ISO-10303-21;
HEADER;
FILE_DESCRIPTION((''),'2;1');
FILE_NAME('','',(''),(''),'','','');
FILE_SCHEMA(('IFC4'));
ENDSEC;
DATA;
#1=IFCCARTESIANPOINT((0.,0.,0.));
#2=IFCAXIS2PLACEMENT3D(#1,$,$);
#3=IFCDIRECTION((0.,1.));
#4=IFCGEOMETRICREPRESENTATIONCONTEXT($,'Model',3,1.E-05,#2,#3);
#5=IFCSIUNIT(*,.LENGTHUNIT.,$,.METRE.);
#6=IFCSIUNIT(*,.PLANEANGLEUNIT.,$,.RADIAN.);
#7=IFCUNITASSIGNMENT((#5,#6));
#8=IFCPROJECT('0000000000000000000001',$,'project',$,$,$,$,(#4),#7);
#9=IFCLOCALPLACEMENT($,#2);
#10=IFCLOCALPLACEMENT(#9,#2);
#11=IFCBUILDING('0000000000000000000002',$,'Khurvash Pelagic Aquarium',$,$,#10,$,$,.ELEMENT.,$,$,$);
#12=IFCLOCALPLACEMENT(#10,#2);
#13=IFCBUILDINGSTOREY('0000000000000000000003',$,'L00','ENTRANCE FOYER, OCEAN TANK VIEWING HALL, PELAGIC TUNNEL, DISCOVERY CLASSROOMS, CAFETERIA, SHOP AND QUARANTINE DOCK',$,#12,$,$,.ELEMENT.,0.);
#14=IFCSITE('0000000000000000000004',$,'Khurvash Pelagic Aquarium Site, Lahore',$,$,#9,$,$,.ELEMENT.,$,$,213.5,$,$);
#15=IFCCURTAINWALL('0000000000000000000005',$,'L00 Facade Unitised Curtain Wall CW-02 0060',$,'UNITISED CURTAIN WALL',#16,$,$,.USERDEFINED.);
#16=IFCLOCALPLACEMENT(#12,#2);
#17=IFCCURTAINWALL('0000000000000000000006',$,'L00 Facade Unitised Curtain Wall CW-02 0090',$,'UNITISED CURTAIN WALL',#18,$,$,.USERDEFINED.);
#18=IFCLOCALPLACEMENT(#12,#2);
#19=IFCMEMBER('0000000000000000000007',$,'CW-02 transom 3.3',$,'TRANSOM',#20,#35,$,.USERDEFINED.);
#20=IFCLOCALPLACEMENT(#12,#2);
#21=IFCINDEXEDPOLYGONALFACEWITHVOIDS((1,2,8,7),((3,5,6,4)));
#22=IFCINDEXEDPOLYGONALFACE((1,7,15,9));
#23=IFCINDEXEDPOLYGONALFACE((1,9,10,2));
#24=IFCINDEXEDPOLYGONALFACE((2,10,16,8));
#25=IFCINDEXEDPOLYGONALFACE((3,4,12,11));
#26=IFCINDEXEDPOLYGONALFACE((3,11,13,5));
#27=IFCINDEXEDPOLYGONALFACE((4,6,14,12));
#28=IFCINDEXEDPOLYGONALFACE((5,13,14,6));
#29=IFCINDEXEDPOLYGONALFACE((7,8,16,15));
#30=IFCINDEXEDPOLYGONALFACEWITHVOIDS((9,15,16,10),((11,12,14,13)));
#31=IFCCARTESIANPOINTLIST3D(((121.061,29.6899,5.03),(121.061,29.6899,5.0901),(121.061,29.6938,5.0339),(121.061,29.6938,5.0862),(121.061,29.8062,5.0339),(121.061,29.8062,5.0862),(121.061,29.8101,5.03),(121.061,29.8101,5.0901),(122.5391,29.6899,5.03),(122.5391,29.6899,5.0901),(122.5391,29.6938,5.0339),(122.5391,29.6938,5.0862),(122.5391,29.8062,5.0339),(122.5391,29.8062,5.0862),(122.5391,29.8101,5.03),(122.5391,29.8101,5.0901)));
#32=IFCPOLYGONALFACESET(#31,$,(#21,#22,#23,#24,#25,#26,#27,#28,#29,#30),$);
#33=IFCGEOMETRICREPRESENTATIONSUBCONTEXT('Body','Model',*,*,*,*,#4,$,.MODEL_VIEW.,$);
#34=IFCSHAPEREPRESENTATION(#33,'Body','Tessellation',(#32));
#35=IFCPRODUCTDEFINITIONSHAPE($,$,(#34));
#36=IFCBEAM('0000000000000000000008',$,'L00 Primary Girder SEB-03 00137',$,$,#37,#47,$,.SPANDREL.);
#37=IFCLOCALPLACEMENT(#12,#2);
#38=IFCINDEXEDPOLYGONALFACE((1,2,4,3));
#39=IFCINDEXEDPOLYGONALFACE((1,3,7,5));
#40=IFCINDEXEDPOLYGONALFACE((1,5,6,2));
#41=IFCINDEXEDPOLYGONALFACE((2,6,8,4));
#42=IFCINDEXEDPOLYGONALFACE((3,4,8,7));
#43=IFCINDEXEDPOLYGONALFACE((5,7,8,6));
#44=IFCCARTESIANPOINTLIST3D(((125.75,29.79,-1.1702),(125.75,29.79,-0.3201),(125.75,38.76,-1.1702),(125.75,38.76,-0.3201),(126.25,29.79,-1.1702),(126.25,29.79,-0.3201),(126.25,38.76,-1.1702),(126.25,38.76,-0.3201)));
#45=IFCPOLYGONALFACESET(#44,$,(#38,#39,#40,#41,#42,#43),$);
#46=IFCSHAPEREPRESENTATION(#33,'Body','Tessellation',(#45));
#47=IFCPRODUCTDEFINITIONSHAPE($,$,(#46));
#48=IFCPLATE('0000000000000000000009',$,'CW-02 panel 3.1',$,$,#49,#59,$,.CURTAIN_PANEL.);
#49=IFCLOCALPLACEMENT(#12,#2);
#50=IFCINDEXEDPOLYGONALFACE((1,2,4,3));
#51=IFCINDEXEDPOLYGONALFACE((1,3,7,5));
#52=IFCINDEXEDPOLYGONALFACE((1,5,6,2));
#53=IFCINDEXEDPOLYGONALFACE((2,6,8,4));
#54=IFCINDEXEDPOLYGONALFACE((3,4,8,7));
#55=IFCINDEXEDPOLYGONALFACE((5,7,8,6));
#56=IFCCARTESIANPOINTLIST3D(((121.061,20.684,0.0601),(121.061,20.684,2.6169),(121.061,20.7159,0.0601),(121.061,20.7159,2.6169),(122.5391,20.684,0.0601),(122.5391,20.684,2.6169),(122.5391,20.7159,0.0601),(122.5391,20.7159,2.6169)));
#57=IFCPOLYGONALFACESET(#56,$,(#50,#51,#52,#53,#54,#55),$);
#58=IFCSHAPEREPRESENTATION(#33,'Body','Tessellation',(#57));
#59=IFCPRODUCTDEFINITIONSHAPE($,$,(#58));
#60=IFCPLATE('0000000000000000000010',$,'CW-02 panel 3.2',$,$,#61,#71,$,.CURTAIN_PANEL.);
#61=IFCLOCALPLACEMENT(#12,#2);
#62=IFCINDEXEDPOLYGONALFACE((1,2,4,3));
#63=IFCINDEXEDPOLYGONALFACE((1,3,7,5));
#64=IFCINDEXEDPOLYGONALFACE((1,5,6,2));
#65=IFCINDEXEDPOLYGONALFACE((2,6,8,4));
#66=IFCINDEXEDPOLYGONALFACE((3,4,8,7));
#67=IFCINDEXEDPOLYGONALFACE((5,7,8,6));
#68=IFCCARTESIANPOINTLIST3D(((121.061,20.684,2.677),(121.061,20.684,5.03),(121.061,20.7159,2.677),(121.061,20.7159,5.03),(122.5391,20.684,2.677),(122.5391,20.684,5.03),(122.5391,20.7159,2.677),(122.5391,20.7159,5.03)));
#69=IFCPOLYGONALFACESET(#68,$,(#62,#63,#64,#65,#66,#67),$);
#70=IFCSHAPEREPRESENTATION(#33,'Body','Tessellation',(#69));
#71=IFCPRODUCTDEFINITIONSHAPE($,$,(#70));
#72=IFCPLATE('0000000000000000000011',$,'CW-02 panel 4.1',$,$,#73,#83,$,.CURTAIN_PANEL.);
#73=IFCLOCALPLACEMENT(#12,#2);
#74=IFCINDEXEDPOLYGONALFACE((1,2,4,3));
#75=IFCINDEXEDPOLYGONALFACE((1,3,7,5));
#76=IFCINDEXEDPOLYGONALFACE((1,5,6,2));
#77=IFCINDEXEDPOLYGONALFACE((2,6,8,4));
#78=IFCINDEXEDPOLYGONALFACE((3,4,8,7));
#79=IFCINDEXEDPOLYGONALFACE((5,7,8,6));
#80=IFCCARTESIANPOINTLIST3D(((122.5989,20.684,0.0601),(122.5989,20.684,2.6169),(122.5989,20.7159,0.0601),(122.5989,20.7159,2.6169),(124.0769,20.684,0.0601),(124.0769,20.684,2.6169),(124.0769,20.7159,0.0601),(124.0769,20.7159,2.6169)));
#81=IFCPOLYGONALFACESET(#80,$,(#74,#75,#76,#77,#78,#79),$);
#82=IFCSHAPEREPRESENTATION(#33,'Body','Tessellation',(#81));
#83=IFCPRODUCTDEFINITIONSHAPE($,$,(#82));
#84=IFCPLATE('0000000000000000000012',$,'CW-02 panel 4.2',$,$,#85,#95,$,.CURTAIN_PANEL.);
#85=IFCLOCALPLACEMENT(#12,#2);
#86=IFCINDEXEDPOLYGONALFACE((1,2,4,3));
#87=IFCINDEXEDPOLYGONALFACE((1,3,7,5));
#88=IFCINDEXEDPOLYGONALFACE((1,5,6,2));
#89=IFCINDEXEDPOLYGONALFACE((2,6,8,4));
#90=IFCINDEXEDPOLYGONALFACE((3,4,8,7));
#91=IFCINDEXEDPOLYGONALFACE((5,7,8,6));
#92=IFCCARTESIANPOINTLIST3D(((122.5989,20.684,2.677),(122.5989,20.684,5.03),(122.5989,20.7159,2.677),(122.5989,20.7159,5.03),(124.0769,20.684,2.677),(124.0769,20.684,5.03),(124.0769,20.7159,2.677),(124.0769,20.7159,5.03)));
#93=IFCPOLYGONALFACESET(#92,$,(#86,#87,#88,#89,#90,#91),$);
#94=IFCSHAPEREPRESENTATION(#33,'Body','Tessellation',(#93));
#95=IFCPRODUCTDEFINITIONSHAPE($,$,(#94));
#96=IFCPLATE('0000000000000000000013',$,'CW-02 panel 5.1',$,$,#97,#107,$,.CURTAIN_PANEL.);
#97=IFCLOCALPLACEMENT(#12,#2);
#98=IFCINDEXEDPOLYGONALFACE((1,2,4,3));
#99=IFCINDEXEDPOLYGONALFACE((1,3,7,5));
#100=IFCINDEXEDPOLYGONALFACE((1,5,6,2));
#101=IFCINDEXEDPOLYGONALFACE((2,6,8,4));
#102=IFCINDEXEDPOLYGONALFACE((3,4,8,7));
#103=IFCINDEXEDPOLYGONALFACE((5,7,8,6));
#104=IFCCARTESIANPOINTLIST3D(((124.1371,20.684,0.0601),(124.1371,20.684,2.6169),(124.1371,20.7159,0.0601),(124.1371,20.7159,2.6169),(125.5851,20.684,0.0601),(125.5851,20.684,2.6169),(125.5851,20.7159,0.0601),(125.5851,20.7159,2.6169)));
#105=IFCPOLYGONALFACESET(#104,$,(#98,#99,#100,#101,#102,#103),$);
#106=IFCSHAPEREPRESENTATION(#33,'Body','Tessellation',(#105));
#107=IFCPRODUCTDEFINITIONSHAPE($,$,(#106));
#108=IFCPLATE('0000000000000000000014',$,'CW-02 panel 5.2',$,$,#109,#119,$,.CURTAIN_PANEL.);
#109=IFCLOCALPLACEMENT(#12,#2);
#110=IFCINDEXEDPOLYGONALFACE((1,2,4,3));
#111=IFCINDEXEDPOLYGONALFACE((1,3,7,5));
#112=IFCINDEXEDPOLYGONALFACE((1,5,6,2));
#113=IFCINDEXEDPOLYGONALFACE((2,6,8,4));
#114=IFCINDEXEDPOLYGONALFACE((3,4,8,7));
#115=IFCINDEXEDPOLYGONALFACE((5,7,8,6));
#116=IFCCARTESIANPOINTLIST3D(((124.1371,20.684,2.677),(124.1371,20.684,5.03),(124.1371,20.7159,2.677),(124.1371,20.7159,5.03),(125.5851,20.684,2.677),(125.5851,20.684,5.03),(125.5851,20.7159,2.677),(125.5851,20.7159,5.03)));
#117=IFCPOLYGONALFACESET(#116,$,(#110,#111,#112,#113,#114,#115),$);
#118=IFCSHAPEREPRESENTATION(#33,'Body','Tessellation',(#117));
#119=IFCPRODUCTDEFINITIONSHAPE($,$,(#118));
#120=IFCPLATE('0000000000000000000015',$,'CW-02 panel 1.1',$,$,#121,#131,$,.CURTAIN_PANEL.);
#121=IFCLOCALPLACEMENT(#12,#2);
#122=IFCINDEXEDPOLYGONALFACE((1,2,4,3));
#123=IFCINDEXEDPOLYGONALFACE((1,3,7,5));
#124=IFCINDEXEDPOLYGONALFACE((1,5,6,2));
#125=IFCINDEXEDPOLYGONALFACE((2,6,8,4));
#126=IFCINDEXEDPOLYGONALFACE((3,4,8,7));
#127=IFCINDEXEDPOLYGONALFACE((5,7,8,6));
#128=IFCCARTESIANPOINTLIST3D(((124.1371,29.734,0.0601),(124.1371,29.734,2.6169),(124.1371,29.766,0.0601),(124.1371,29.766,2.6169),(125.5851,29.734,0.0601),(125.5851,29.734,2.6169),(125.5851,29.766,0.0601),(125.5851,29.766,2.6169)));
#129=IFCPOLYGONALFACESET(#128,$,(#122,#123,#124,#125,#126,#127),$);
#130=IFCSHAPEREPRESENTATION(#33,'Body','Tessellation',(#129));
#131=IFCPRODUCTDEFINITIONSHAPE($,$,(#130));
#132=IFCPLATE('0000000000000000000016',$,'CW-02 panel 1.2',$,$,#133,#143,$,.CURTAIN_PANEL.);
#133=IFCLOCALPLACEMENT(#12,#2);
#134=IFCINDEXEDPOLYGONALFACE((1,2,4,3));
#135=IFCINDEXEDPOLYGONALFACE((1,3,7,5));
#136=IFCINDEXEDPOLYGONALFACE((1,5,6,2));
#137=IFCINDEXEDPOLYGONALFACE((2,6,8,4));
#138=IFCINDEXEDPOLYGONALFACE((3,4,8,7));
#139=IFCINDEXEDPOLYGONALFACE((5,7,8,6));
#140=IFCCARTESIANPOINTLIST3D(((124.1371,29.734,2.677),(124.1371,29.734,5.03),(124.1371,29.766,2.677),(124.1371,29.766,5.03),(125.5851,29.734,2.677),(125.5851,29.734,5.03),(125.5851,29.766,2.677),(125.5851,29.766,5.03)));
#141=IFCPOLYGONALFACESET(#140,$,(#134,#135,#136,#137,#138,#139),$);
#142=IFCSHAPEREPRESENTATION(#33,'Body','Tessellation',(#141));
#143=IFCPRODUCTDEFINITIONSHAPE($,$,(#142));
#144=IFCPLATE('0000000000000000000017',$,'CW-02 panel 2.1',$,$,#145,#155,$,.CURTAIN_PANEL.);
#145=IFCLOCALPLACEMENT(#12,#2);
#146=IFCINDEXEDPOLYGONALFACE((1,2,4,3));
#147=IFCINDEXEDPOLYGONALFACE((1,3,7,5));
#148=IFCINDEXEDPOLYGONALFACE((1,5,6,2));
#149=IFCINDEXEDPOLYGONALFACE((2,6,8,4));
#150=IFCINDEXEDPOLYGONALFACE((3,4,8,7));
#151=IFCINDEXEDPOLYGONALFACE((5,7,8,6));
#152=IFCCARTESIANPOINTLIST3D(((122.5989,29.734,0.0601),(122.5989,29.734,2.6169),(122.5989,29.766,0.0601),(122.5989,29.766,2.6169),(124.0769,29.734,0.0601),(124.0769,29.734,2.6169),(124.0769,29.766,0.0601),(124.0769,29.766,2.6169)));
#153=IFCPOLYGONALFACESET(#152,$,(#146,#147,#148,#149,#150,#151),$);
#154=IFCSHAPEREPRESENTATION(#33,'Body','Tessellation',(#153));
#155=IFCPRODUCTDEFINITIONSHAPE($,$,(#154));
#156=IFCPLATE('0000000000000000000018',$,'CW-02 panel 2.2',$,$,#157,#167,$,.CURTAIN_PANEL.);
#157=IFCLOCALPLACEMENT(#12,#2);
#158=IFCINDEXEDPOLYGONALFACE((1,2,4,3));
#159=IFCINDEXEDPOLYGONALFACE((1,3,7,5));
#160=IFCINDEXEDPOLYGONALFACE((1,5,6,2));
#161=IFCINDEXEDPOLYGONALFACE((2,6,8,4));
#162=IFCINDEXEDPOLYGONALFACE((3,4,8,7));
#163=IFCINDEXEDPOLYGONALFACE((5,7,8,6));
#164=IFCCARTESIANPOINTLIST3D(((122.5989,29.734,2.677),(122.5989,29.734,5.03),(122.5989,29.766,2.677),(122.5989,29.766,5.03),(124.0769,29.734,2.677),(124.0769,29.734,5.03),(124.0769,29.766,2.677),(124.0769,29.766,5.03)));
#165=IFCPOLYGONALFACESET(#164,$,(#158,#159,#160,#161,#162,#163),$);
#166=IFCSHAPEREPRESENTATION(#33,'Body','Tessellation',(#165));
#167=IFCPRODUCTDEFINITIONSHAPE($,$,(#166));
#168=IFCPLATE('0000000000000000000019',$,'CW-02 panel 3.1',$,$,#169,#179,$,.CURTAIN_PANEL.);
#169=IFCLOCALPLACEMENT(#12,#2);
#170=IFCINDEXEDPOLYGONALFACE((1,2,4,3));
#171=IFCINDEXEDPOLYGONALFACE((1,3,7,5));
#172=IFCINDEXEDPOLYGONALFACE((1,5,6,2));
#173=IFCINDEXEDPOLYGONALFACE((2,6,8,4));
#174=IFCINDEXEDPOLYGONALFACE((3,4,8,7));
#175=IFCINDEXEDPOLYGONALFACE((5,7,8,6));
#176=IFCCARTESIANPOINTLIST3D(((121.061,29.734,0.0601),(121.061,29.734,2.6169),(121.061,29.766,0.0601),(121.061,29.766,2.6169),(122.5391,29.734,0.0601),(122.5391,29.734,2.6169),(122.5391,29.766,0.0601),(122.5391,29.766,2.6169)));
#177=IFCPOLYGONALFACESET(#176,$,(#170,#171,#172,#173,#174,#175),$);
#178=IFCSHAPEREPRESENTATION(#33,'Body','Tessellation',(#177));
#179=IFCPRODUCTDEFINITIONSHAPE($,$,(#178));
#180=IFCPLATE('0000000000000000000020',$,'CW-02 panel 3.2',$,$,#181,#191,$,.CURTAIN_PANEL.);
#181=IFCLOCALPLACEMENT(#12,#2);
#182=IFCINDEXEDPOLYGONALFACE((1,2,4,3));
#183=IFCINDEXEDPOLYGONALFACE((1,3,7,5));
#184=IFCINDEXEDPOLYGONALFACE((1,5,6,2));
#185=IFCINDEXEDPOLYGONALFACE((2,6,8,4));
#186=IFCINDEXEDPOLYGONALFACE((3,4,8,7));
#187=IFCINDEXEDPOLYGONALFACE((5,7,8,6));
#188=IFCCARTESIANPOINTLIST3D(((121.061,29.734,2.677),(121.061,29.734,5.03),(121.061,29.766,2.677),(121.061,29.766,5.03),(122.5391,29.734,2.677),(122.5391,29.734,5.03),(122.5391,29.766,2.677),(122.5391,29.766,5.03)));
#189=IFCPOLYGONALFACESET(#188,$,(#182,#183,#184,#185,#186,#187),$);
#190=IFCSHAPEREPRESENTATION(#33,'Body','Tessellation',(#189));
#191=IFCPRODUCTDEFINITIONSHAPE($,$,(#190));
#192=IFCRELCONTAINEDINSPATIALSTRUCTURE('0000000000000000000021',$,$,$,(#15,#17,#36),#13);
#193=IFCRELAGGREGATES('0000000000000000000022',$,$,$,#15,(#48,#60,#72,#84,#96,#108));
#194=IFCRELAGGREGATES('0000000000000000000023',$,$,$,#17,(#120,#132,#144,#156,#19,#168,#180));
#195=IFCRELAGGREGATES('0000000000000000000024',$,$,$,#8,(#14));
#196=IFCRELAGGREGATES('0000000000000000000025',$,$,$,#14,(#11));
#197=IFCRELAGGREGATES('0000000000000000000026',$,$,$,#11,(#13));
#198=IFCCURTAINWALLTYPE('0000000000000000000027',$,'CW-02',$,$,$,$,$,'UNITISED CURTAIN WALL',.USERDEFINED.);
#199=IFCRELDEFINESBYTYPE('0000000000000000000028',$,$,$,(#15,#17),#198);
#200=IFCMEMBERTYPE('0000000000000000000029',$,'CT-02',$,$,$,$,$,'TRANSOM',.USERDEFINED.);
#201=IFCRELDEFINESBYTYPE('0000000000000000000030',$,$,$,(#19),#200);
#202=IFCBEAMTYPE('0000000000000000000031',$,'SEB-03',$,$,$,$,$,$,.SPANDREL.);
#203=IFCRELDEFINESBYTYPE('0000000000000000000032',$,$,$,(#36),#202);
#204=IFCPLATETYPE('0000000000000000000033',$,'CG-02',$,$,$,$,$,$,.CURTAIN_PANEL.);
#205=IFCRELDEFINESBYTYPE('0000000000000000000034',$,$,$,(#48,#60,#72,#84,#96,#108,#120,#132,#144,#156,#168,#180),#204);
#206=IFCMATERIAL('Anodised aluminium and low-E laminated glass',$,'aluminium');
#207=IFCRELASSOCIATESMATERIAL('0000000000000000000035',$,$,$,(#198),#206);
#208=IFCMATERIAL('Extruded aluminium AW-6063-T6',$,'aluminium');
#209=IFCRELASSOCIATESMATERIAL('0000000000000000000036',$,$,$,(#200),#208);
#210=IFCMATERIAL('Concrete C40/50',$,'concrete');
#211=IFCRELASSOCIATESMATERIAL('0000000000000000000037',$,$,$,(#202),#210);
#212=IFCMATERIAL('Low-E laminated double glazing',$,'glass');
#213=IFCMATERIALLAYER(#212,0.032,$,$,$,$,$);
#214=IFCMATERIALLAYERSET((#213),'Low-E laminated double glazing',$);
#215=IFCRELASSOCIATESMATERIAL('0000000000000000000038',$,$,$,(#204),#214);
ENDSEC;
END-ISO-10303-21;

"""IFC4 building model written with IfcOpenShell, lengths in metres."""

from ifc_helpers import new_model, si_unit, direction, frame, origin, origin_2d, place, context, subcontext, project, spatial, rectangle, hollow_rectangle, extrude, material, layer, layer_set, material_profile, profile_set, type_object, element, aggregate, save


model = new_model("IFC4")

# Units and contexts
model_context = context("Model", 3, precision=1e-05, world=origin(), true_north=direction((0.0, 1.0)))
body_context = subcontext(model_context, "Body", "Model", "MODEL_VIEW")
ifc_project = project(units=[si_unit("LENGTHUNIT", "METRE"), si_unit("PLANEANGLEUNIT", "RADIAN")], contexts=[model_context])

# Site, building, storey
site_placement = place(None, origin())
site = spatial("IfcSite", under=ifc_project, at=site_placement, Name="Khurvash Pelagic Aquarium Site, Lahore", CompositionType="ELEMENT", RefElevation=213.5)
building_placement = place(site_placement, origin())
building = spatial("IfcBuilding", under=site, at=building_placement, Name="Khurvash Pelagic Aquarium", CompositionType="ELEMENT")
storey_placement = place(building_placement, origin())
storey = spatial("IfcBuildingStorey", under=building, at=storey_placement, Name="L00", Description="ENTRANCE FOYER, OCEAN TANK VIEWING HALL, PELAGIC TUNNEL, DISCOVERY CLASSROOMS, CAFETERIA, SHOP AND QUARANTINE DOCK", CompositionType="ELEMENT", Elevation=0.0)

# Shared definitions
ifc_material_1 = material(Name="Concrete C40/50", Category="concrete")

# Curtain walls
ifc_material_2 = material(Name="Anodised aluminium and low-E laminated glass", Category="aluminium")
curtain_wall_type = type_object("IfcCurtainWallType", Name="CW-02", ElementType="UNITISED CURTAIN WALL", PredefinedType="USERDEFINED", material=ifc_material_2)
curtain_wall_1_placement = place(storey_placement, origin())
curtain_wall_1 = element("IfcCurtainWall", 1, at=curtain_wall_1_placement, inside=storey, type_object=curtain_wall_type, Name="L00 Facade Unitised Curtain Wall CW-02 0060", ObjectType="UNITISED CURTAIN WALL", PredefinedType="USERDEFINED")
ifc_material_3 = material(Name="Extruded aluminium AW-6063-T6", Category="aluminium")
curtain_wall_2_placement = place(storey_placement, origin())
curtain_wall_2 = element("IfcCurtainWall", 2, at=curtain_wall_2_placement, inside=storey, type_object=curtain_wall_type, Name="L00 Facade Unitised Curtain Wall CW-02 0090", ObjectType="UNITISED CURTAIN WALL", PredefinedType="USERDEFINED")

# Member
ifc_material_profile_1 = material_profile(ifc_material_3, hollow_rectangle(XDim=0.1201, YDim=0.0601, WallThickness=0.0039, at=origin_2d()), Name="CWT120X60X4")
ifc_profile_set_1 = profile_set([ifc_material_profile_1], Name="Extruded aluminium AW-6063-T6")
member_type_1 = type_object("IfcMemberType", Name="CT-02", ElementType="TRANSOM", PredefinedType="USERDEFINED", material=ifc_profile_set_1)
member_1_placement = place(storey_placement, frame((122.5391, 29.75, 5.0601), z_axis=(-1.0, 0.0, 0.0), x_axis=(0.0, -1.0, 0.0)))
member_1 = element("IfcMember", 3, at=member_1_placement, type_object=member_type_1, Name="CW-02 transom 3.3", ObjectType="TRANSOM", PredefinedType="USERDEFINED", context=body_context, shape_type="SweptSolid", body=[
    extrude(hollow_rectangle(XDim=0.1201, YDim=0.0601, WallThickness=0.0039, at=origin_2d()), origin(), (0.0, 0.0, 1.0), 1.478),
])

# Beam
ifc_material_profile_2 = material_profile(ifc_material_1, rectangle(XDim=0.5, YDim=0.8501, at=origin_2d()), Name="RC500X850")
ifc_profile_set_2 = profile_set([ifc_material_profile_2], Name="Concrete C40/50")
beam_type = type_object("IfcBeamType", Name="SEB-03", PredefinedType="SPANDREL", material=ifc_profile_set_2)
beam_placement = place(storey_placement, frame((126.0, 29.79, -0.7451), z_axis=(0.0, 1.0, 0.0), x_axis=(-1.0, 0.0, 0.0)))
element("IfcBeam", 4, at=beam_placement, inside=storey, type_object=beam_type, Name="L00 Primary Girder SEB-03 00137", PredefinedType="SPANDREL", context=body_context, shape_type="SweptSolid", body=[
    extrude(rectangle(XDim=0.5, YDim=0.8501, at=origin_2d()), origin(), (0.0, 0.0, 1.0), 8.97),
])

# Plates
ifc_material_4 = material(Name="Low-E laminated double glazing", Category="glass")
ifc_layer_1 = layer(ifc_material_4, 0.032)
ifc_layer_set_1 = layer_set([ifc_layer_1], Name="Low-E laminated double glazing")
plate_type = type_object("IfcPlateType", Name="CG-02", PredefinedType="CURTAIN_PANEL", material=ifc_layer_set_1)
plate_1_placement = place(storey_placement, frame((121.8, 20.7, 0.0601), z_axis=(0.0, 0.0, 1.0), x_axis=(1.0, 0.0, 0.0)))
plate_1 = element("IfcPlate", 5, at=plate_1_placement, type_object=plate_type, Name="CW-02 panel 3.1", PredefinedType="CURTAIN_PANEL", context=body_context, shape_type="SweptSolid", body=[
    extrude(rectangle(XDim=1.478, YDim=0.032, at=origin_2d()), origin(), (0.0, 0.0, 1.0), 2.5569),
])
plate_2_placement = place(storey_placement, frame((121.8, 20.7, 2.677), z_axis=(0.0, 0.0, 1.0), x_axis=(1.0, 0.0, 0.0)))
plate_2 = element("IfcPlate", 6, at=plate_2_placement, type_object=plate_type, Name="CW-02 panel 3.2", PredefinedType="CURTAIN_PANEL", context=body_context, shape_type="SweptSolid", body=[
    extrude(rectangle(XDim=1.478, YDim=0.032, at=origin_2d()), origin(), (0.0, 0.0, 1.0), 2.353),
])
plate_3_placement = place(storey_placement, frame((123.3379, 20.7, 0.0601), z_axis=(0.0, 0.0, 1.0), x_axis=(1.0, 0.0, 0.0)))
plate_3 = element("IfcPlate", 7, at=plate_3_placement, type_object=plate_type, Name="CW-02 panel 4.1", PredefinedType="CURTAIN_PANEL", context=body_context, shape_type="SweptSolid", body=[
    extrude(rectangle(XDim=1.478, YDim=0.032, at=origin_2d()), origin(), (0.0, 0.0, 1.0), 2.5569),
])
plate_4_placement = place(storey_placement, frame((123.3379, 20.7, 2.677), z_axis=(0.0, 0.0, 1.0), x_axis=(1.0, 0.0, 0.0)))
plate_4 = element("IfcPlate", 8, at=plate_4_placement, type_object=plate_type, Name="CW-02 panel 4.2", PredefinedType="CURTAIN_PANEL", context=body_context, shape_type="SweptSolid", body=[
    extrude(rectangle(XDim=1.478, YDim=0.032, at=origin_2d()), origin(), (0.0, 0.0, 1.0), 2.353),
])
plate_5_placement = place(storey_placement, frame((124.8611, 20.7, 0.0601), z_axis=(0.0, 0.0, 1.0), x_axis=(1.0, 0.0, 0.0)))
plate_5 = element("IfcPlate", 9, at=plate_5_placement, type_object=plate_type, Name="CW-02 panel 5.1", PredefinedType="CURTAIN_PANEL", context=body_context, shape_type="SweptSolid", body=[
    extrude(rectangle(XDim=1.448, YDim=0.032, at=origin_2d()), origin(), (0.0, 0.0, 1.0), 2.5569),
])
plate_6_placement = place(storey_placement, frame((124.8611, 20.7, 2.677), z_axis=(0.0, 0.0, 1.0), x_axis=(1.0, 0.0, 0.0)))
plate_6 = element("IfcPlate", 10, at=plate_6_placement, type_object=plate_type, Name="CW-02 panel 5.2", PredefinedType="CURTAIN_PANEL", context=body_context, shape_type="SweptSolid", body=[
    extrude(rectangle(XDim=1.448, YDim=0.032, at=origin_2d()), origin(), (0.0, 0.0, 1.0), 2.353),
])
aggregate(curtain_wall_1, [plate_1, plate_2, plate_3, plate_4, plate_5, plate_6])
plate_7_placement = place(storey_placement, frame((124.8611, 29.75, 0.0601), z_axis=(0.0, 0.0, 1.0), x_axis=(-1.0, 0.0, 0.0)))
plate_7 = element("IfcPlate", 11, at=plate_7_placement, type_object=plate_type, Name="CW-02 panel 1.1", PredefinedType="CURTAIN_PANEL", context=body_context, shape_type="SweptSolid", body=[
    extrude(rectangle(XDim=1.448, YDim=0.032, at=origin_2d()), origin(), (0.0, 0.0, 1.0), 2.5569),
])
plate_8_placement = place(storey_placement, frame((124.8611, 29.75, 2.677), z_axis=(0.0, 0.0, 1.0), x_axis=(-1.0, 0.0, 0.0)))
plate_8 = element("IfcPlate", 12, at=plate_8_placement, type_object=plate_type, Name="CW-02 panel 1.2", PredefinedType="CURTAIN_PANEL", context=body_context, shape_type="SweptSolid", body=[
    extrude(rectangle(XDim=1.448, YDim=0.032, at=origin_2d()), origin(), (0.0, 0.0, 1.0), 2.353),
])
plate_9_placement = place(storey_placement, frame((123.3379, 29.75, 0.0601), z_axis=(0.0, 0.0, 1.0), x_axis=(-1.0, 0.0, 0.0)))
plate_9 = element("IfcPlate", 13, at=plate_9_placement, type_object=plate_type, Name="CW-02 panel 2.1", PredefinedType="CURTAIN_PANEL", context=body_context, shape_type="SweptSolid", body=[
    extrude(rectangle(XDim=1.478, YDim=0.032, at=origin_2d()), origin(), (0.0, 0.0, 1.0), 2.5569),
])
plate_10_placement = place(storey_placement, frame((123.3379, 29.75, 2.677), z_axis=(0.0, 0.0, 1.0), x_axis=(-1.0, 0.0, 0.0)))
plate_10 = element("IfcPlate", 14, at=plate_10_placement, type_object=plate_type, Name="CW-02 panel 2.2", PredefinedType="CURTAIN_PANEL", context=body_context, shape_type="SweptSolid", body=[
    extrude(rectangle(XDim=1.478, YDim=0.032, at=origin_2d()), origin(), (0.0, 0.0, 1.0), 2.353),
])
plate_11_placement = place(storey_placement, frame((121.8, 29.75, 0.0601), z_axis=(0.0, 0.0, 1.0), x_axis=(-1.0, 0.0, 0.0)))
plate_11 = element("IfcPlate", 15, at=plate_11_placement, type_object=plate_type, Name="CW-02 panel 3.1", PredefinedType="CURTAIN_PANEL", context=body_context, shape_type="SweptSolid", body=[
    extrude(rectangle(XDim=1.478, YDim=0.032, at=origin_2d()), origin(), (0.0, 0.0, 1.0), 2.5569),
])
plate_12_placement = place(storey_placement, frame((121.8, 29.75, 2.677), z_axis=(0.0, 0.0, 1.0), x_axis=(-1.0, 0.0, 0.0)))
plate_12 = element("IfcPlate", 16, at=plate_12_placement, type_object=plate_type, Name="CW-02 panel 3.2", PredefinedType="CURTAIN_PANEL", context=body_context, shape_type="SweptSolid", body=[
    extrude(rectangle(XDim=1.478, YDim=0.032, at=origin_2d()), origin(), (0.0, 0.0, 1.0), 2.353),
])
aggregate(curtain_wall_2, [plate_7, plate_8, plate_9, plate_10, member_1, plate_11, plate_12])

save(model, "model.ifc")
